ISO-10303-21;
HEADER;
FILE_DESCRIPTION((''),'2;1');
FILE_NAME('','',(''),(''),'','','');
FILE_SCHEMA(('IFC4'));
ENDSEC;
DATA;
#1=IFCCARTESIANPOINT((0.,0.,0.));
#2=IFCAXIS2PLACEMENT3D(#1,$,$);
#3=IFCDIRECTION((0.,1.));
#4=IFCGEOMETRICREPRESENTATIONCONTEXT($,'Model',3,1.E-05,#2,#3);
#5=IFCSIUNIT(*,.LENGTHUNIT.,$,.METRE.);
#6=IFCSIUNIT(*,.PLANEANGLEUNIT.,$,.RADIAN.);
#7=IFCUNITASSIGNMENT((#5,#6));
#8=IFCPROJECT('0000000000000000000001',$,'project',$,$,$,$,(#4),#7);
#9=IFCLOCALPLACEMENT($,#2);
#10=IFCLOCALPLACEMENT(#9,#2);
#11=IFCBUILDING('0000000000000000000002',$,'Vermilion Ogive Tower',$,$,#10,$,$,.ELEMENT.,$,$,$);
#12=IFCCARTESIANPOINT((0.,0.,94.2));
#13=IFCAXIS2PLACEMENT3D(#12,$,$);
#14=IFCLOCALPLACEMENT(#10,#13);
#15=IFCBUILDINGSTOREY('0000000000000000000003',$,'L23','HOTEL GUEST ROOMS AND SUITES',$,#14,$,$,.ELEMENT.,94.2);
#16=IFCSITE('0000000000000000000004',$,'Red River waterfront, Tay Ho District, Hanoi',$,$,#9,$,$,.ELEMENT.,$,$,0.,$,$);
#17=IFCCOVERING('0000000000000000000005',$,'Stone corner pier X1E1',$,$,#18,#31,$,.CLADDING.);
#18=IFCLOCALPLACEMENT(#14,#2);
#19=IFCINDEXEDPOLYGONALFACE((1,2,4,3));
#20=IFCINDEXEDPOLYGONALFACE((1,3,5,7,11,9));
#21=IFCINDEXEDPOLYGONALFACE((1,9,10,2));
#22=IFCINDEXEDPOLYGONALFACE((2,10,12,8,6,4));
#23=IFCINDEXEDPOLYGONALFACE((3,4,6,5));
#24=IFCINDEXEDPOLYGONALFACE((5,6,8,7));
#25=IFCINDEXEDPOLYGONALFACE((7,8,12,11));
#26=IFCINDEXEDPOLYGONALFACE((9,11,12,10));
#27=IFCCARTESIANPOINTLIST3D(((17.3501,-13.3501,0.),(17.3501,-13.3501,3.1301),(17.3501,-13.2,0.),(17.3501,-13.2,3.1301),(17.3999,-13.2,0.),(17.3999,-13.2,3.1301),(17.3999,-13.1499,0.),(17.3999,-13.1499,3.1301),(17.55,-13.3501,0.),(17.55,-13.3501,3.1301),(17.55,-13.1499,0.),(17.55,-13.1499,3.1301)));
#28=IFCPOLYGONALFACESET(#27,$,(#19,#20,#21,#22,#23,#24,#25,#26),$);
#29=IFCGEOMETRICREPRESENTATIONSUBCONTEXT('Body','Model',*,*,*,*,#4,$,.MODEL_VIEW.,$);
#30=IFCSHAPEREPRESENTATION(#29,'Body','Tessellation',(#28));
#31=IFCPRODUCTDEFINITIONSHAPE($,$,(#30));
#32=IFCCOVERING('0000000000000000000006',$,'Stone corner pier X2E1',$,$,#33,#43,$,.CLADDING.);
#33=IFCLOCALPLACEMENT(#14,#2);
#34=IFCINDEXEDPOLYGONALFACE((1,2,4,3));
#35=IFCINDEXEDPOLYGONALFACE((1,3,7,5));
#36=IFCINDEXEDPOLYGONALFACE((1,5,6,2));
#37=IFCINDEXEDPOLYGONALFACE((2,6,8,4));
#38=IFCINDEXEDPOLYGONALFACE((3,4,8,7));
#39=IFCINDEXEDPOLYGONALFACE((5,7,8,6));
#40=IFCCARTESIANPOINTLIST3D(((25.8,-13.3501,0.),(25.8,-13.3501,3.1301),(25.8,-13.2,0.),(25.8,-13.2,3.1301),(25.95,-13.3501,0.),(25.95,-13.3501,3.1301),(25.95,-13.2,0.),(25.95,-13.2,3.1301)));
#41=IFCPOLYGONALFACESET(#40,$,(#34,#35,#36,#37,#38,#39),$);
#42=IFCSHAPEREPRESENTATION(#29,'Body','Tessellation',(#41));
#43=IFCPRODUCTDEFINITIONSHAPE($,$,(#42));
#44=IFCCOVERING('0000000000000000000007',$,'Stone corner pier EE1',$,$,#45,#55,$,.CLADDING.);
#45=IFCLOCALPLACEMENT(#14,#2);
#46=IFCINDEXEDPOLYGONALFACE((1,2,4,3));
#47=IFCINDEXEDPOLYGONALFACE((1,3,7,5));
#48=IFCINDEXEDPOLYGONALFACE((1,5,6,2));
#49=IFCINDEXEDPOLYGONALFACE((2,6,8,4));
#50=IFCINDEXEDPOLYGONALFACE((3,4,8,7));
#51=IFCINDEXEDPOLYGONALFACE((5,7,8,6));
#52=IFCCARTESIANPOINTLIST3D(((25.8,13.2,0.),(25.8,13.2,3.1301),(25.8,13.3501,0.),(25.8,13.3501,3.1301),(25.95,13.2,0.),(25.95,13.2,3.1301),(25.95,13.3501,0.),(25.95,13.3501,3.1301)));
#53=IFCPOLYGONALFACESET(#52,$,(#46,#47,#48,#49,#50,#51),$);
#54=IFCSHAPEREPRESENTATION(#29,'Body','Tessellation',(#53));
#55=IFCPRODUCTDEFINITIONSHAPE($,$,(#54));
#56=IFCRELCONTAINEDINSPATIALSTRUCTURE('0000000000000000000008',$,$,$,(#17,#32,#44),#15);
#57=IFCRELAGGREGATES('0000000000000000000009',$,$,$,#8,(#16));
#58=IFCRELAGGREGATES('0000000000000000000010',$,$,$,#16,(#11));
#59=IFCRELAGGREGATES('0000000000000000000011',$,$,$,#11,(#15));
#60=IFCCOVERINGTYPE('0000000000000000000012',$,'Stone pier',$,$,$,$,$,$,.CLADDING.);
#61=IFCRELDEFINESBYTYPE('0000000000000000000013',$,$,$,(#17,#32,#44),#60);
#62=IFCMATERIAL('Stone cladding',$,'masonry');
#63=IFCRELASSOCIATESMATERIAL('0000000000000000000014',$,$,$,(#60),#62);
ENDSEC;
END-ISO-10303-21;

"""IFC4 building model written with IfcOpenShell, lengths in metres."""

from ifc_helpers import new_model, si_unit, direction, frame, origin, place, context, subcontext, project, spatial, polyline, outline, extrude, material, type_object, element, save


model = new_model("IFC4")

# Units and contexts
model_context = context("Model", 3, precision=1e-05, world=origin(), true_north=direction((0.0, 1.0)))
body_context = subcontext(model_context, "Body", "Model", "MODEL_VIEW")
ifc_project = project(units=[si_unit("LENGTHUNIT", "METRE"), si_unit("PLANEANGLEUNIT", "RADIAN")], contexts=[model_context])

# Site, building, storey
site_placement = place(None, origin())
site = spatial("IfcSite", under=ifc_project, at=site_placement, Name="Red River waterfront, Tay Ho District, Hanoi", CompositionType="ELEMENT", RefElevation=0.0)
building_placement = place(site_placement, origin())
building = spatial("IfcBuilding", under=site, at=building_placement, Name="Vermilion Ogive Tower", CompositionType="ELEMENT")
storey_placement = place(building_placement, frame((0.0, 0.0, 94.2)))
storey = spatial("IfcBuildingStorey", under=building, at=storey_placement, Name="L23", Description="HOTEL GUEST ROOMS AND SUITES", CompositionType="ELEMENT", Elevation=94.2)

# Coverings
ifc_material_1 = material(Name="Stone cladding", Category="masonry")
covering_type_1 = type_object("IfcCoveringType", Name="Stone pier", PredefinedType="CLADDING", material=ifc_material_1)
covering_1_placement = place(storey_placement, origin())
element("IfcCovering", 1, at=covering_1_placement, inside=storey, type_object=covering_type_1, Name="Stone corner pier X1E1", PredefinedType="CLADDING", context=body_context, shape_type="SweptSolid", body=[
    extrude(outline(polyline([(17.3501, -13.2), (17.3999, -13.2), (17.3999, -13.1499), (17.55, -13.1499), (17.55, -13.3501), (17.3501, -13.3501), (17.3501, -13.2)])), origin(), (0.0, 0.0, 1.0), 3.1301),
])
covering_2_placement = place(storey_placement, origin())
element("IfcCovering", 2, at=covering_2_placement, inside=storey, type_object=covering_type_1, Name="Stone corner pier X2E1", PredefinedType="CLADDING", context=body_context, shape_type="SweptSolid", body=[
    extrude(outline(polyline([(25.8, -13.3501), (25.8, -13.2), (25.95, -13.2), (25.95, -13.3501), (25.8, -13.3501)])), origin(), (0.0, 0.0, 1.0), 3.1301),
])
covering_3_placement = place(storey_placement, origin())
element("IfcCovering", 3, at=covering_3_placement, inside=storey, type_object=covering_type_1, Name="Stone corner pier EE1", PredefinedType="CLADDING", context=body_context, shape_type="SweptSolid", body=[
    extrude(outline(polyline([(25.95, 13.2), (25.8, 13.2), (25.8, 13.3501), (25.95, 13.3501), (25.95, 13.2)])), origin(), (0.0, 0.0, 1.0), 3.1301),
])

save(model, "model.ifc")
